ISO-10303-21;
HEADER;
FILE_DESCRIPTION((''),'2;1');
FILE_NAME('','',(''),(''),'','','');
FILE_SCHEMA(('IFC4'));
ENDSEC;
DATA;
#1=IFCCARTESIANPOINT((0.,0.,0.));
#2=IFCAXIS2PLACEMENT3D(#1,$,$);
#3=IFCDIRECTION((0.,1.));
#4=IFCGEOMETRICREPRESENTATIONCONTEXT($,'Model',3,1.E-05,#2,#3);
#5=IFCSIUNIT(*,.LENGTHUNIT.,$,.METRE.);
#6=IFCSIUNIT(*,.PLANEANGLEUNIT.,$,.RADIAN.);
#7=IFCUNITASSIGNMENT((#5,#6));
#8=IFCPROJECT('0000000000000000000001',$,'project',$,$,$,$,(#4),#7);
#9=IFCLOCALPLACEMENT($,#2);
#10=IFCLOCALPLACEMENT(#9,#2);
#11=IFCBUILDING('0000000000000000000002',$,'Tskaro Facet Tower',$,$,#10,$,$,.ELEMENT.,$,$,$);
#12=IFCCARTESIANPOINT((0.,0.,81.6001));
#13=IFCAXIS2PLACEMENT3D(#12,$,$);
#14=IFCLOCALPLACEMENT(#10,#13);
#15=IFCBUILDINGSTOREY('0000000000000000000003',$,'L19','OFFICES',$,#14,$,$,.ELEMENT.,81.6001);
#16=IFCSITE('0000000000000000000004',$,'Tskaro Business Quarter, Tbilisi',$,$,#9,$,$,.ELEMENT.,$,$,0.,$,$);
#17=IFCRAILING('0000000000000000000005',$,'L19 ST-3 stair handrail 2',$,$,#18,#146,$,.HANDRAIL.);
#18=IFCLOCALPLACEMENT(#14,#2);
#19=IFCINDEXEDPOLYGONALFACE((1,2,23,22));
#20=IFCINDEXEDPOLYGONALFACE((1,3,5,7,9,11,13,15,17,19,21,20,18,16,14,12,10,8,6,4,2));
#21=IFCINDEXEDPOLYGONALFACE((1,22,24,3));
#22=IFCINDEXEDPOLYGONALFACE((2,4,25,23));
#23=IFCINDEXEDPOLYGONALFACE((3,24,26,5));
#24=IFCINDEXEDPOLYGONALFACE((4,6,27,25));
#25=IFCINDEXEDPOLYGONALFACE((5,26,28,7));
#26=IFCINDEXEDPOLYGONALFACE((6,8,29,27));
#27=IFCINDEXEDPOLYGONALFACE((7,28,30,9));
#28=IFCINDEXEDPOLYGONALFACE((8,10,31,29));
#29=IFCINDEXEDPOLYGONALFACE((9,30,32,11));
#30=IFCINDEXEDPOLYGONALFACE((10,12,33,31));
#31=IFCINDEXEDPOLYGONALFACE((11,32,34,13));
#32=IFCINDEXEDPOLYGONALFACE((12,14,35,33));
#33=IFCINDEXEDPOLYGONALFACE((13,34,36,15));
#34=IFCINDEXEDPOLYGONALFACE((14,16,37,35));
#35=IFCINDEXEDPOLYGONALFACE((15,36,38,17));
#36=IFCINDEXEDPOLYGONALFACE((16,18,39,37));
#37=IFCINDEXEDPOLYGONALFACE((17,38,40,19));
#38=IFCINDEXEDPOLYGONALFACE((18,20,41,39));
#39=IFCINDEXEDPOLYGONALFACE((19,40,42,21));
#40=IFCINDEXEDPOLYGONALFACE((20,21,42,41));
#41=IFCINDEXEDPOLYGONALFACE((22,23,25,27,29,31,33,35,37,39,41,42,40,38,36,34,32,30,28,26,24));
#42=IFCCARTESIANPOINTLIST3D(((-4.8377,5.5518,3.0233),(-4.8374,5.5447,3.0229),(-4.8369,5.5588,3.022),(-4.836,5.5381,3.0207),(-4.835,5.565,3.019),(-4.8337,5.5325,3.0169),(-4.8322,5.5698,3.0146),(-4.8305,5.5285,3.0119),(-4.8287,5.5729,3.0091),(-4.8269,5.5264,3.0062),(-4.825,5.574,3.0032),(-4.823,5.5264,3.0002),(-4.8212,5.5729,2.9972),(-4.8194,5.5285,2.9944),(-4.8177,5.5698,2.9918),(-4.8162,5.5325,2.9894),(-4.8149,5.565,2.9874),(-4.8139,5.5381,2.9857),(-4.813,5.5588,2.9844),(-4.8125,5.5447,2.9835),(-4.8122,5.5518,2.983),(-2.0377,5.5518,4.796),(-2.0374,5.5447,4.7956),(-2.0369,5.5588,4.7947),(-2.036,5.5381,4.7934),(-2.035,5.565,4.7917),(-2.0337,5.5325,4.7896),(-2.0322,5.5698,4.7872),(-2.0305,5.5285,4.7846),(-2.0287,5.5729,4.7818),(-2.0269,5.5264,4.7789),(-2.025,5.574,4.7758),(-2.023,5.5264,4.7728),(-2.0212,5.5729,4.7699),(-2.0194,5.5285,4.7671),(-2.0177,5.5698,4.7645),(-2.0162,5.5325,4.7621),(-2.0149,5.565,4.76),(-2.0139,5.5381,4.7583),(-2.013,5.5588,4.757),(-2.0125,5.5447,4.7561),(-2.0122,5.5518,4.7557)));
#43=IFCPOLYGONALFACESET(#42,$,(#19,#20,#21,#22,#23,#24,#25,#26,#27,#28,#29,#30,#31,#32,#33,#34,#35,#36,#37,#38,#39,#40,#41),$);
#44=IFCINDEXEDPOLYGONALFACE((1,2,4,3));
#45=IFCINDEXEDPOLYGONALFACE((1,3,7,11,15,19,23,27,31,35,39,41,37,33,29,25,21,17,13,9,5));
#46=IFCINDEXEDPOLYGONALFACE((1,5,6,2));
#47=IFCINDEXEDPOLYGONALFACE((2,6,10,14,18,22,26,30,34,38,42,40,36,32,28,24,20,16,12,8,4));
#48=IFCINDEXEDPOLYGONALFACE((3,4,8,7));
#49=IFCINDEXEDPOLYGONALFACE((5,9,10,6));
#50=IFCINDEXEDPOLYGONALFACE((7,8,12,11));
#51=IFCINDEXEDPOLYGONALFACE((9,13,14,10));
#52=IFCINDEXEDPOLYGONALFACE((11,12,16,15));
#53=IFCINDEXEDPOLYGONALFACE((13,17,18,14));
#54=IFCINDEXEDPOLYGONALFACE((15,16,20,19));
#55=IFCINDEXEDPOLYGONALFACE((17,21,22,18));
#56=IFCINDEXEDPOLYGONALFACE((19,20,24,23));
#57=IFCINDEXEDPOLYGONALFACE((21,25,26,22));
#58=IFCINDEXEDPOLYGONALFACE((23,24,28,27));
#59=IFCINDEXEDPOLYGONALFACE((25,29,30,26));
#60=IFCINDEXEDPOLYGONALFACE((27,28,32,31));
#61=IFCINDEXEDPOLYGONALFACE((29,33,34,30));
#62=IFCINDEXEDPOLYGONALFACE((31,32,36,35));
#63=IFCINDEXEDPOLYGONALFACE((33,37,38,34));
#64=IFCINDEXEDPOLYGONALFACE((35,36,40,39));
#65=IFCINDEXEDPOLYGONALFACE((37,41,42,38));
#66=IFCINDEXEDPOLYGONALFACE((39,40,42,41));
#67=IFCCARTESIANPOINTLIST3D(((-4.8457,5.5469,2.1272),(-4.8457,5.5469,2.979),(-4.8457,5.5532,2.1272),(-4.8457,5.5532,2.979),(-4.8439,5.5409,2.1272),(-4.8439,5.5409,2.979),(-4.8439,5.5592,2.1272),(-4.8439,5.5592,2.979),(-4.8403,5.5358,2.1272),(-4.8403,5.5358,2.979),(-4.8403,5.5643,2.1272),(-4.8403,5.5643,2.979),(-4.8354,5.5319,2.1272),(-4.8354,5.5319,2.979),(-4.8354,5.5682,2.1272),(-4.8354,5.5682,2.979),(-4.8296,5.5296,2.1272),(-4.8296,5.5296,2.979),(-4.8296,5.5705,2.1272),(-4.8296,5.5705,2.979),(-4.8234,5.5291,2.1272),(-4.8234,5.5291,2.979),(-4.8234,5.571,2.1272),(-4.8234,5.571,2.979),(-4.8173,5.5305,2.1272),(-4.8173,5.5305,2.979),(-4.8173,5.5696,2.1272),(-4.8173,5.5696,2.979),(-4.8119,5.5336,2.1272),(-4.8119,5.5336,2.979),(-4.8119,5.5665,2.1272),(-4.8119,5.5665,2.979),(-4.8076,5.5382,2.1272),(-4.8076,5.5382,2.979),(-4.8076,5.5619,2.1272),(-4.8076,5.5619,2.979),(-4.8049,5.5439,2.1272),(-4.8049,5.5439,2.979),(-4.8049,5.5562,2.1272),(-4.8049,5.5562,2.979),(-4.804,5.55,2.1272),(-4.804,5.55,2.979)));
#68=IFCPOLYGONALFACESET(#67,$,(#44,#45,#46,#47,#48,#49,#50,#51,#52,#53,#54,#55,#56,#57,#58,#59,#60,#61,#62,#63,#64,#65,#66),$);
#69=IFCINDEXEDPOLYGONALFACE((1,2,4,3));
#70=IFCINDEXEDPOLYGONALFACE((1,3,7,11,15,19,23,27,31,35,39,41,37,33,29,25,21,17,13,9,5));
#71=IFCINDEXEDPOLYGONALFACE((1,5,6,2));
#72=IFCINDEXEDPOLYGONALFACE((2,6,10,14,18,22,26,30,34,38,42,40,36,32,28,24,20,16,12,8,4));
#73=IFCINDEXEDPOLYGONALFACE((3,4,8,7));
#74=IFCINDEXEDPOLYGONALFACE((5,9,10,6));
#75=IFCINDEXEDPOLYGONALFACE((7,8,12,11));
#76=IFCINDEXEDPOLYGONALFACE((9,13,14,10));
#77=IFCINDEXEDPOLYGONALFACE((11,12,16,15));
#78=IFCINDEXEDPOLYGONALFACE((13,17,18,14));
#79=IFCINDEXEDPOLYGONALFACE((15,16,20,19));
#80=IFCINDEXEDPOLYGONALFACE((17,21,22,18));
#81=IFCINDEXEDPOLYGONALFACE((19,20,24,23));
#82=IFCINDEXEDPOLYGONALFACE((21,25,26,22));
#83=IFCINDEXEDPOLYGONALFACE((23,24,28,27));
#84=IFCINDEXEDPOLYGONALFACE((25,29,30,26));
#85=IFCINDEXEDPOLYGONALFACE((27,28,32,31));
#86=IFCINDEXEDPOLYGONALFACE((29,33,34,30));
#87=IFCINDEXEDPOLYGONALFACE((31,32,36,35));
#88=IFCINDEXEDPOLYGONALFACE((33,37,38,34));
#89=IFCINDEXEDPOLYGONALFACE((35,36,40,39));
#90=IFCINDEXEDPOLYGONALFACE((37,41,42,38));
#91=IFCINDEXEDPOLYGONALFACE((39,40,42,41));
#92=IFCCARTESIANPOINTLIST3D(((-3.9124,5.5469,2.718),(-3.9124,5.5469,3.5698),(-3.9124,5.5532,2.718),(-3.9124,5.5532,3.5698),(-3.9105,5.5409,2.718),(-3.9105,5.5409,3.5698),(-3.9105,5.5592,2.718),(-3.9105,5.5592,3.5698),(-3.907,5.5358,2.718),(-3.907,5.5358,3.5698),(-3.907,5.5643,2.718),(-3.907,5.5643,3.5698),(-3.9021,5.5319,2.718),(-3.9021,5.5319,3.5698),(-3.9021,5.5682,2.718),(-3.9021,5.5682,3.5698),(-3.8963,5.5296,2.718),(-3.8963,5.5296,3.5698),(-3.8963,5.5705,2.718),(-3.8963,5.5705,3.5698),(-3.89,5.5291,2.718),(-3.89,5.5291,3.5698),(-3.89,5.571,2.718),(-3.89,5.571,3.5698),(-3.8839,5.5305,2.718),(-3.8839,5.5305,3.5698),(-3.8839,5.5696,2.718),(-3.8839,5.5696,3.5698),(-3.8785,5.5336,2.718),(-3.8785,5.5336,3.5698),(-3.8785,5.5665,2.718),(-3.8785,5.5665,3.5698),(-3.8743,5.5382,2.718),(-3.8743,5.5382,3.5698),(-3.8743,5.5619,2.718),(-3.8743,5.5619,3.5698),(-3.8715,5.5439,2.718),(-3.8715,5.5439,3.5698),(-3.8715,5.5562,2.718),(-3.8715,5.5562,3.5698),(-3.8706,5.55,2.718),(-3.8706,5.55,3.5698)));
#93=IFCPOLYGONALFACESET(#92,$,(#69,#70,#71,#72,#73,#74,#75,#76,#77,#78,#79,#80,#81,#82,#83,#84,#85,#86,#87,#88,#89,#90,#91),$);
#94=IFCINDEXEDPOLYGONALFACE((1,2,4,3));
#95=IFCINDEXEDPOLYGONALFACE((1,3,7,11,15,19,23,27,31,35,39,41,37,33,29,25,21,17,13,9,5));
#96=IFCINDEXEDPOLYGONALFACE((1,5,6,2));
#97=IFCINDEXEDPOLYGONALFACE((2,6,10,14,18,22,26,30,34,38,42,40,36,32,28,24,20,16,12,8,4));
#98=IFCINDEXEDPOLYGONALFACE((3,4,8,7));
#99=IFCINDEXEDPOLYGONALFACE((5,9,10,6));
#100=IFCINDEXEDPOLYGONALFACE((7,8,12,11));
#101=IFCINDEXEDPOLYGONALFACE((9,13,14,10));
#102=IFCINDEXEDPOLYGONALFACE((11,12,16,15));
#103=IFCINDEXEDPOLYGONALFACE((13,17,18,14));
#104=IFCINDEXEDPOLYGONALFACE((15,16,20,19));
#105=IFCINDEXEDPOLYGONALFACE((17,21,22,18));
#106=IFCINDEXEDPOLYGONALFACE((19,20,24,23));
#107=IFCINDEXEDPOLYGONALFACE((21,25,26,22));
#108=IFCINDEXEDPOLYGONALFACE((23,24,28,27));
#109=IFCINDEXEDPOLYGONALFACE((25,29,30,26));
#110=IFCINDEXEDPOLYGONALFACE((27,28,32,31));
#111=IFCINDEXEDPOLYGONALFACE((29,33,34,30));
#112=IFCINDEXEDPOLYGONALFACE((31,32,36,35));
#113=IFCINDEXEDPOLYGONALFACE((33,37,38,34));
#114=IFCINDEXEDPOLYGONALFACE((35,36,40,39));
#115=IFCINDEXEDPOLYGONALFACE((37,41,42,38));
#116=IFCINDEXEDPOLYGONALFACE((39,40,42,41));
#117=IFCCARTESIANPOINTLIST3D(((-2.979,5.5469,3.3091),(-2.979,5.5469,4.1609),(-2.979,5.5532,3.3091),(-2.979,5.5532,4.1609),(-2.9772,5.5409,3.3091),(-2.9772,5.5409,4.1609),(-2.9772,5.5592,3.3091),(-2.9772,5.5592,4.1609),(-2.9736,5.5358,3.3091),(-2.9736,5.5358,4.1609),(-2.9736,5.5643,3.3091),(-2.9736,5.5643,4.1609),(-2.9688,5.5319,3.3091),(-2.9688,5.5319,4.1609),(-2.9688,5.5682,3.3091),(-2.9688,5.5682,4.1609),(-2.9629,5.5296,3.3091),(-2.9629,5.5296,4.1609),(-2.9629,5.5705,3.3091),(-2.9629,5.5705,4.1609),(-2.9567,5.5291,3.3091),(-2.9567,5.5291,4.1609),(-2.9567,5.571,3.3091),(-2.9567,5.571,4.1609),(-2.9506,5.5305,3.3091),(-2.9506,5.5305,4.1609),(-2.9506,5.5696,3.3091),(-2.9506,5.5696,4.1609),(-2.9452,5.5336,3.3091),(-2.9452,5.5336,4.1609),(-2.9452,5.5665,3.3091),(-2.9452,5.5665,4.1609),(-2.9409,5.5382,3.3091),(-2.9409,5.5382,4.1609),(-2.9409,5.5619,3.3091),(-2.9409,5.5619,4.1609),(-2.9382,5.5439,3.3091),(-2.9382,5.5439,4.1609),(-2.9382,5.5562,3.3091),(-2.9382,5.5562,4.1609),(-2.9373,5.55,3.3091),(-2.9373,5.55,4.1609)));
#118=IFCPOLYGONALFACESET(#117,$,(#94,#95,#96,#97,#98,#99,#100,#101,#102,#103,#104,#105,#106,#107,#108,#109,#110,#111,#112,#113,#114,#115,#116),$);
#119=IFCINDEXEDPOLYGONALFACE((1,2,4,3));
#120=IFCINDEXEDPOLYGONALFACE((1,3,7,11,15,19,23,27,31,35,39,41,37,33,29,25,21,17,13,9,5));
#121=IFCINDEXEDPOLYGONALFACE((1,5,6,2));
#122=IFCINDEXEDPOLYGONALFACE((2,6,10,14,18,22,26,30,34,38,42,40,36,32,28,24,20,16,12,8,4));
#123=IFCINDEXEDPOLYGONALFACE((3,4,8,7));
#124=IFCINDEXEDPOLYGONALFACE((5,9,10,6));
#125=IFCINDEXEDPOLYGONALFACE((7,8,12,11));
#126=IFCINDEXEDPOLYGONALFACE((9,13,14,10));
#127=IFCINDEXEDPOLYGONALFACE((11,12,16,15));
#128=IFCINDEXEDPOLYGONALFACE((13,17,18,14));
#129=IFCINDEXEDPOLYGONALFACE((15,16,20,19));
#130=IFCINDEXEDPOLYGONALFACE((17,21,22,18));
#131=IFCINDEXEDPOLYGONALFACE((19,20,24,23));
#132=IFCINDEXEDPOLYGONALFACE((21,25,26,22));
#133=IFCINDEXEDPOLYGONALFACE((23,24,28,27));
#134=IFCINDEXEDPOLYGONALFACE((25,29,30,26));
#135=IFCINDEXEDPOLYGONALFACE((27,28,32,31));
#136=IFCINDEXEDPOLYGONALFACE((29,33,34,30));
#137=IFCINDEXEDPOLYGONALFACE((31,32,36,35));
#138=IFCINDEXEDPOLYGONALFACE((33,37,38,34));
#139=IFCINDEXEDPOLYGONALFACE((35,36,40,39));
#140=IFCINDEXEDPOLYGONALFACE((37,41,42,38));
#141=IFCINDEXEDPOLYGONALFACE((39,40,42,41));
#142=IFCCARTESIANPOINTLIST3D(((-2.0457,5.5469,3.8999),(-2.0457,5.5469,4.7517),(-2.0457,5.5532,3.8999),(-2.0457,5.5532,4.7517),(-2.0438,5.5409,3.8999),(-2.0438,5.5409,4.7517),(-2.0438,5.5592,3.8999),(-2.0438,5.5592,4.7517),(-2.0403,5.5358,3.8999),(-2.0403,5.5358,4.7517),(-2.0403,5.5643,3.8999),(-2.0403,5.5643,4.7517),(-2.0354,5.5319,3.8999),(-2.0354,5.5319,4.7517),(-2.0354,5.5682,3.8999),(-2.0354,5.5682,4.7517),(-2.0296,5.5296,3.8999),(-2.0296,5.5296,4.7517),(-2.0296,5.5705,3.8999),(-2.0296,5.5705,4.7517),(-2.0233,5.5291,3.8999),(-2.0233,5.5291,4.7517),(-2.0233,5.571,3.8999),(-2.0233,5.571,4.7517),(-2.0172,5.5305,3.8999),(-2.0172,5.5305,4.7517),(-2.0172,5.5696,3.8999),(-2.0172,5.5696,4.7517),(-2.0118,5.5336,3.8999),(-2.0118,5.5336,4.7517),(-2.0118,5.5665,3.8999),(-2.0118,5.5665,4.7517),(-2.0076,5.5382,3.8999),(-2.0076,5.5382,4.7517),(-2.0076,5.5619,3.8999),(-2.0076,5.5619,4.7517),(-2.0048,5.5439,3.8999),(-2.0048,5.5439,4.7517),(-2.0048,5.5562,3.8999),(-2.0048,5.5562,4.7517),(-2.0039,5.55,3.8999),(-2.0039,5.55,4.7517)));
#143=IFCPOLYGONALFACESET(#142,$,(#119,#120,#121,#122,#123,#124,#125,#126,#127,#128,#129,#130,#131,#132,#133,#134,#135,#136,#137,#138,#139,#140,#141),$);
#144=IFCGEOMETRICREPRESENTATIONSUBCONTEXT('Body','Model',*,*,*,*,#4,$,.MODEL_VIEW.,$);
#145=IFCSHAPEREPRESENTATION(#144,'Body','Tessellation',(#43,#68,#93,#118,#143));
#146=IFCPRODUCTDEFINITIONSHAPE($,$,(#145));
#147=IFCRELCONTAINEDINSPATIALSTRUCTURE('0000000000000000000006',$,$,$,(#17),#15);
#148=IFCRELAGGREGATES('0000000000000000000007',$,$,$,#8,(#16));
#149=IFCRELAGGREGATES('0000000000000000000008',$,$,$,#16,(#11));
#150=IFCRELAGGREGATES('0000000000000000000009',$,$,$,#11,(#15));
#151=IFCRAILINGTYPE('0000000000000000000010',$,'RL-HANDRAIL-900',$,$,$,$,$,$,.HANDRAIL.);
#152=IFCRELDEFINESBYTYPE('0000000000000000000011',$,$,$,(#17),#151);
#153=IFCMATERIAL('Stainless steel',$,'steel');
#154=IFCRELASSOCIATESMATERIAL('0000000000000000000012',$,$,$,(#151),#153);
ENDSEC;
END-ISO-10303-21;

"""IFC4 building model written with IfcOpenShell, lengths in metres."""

from ifc_helpers import new_model, si_unit, direction, frame, origin, origin_2d, place, context, subcontext, project, spatial, circle, extrude, material, type_object, element, save


model = new_model("IFC4")

# Units and contexts
model_context = context("Model", 3, precision=1e-05, world=origin(), true_north=direction((0.0, 1.0)))
body_context = subcontext(model_context, "Body", "Model", "MODEL_VIEW")
ifc_project = project(units=[si_unit("LENGTHUNIT", "METRE"), si_unit("PLANEANGLEUNIT", "RADIAN")], contexts=[model_context])

# Site, building, storey
site_placement = place(None, origin())
site = spatial("IfcSite", under=ifc_project, at=site_placement, Name="Tskaro Business Quarter, Tbilisi", CompositionType="ELEMENT", RefElevation=0.0)
building_placement = place(site_placement, origin())
building = spatial("IfcBuilding", under=site, at=building_placement, Name="Tskaro Facet Tower", CompositionType="ELEMENT")
storey_placement = place(building_placement, frame((0.0, 0.0, 81.6001)))
storey = spatial("IfcBuildingStorey", under=building, at=storey_placement, Name="L19", Description="OFFICES", CompositionType="ELEMENT", Elevation=81.6001)

# Railing
ifc_material_1 = material(Name="Stainless steel", Category="steel")
railing_type_1 = type_object("IfcRailingType", Name="RL-HANDRAIL-900", PredefinedType="HANDRAIL", material=ifc_material_1)
railing_1_placement = place(storey_placement, frame((-4.825, 5.55, 2.1272)))
element("IfcRailing", 1, at=railing_1_placement, inside=storey, type_object=railing_type_1, Name="L19 ST-3 stair handrail 2", PredefinedType="HANDRAIL", context=body_context, shape_type="SweptSolid", body=[
    extrude(circle(Radius=0.0239, at=origin_2d()), frame((0.0, 0.0, 0.876), z_axis=(0.844909, 0.0, 0.53491), x_axis=(0.0, 1.0, 0.0)), (0.0, 0.0, 1.0), 3.314),
    extrude(circle(Radius=0.021, at=origin_2d()), origin(), (0.0, 0.0, 1.0), 0.8518),
    extrude(circle(Radius=0.021, at=origin_2d()), frame((0.9333, 0.0, 0.5908)), (0.0, 0.0, 1.0), 0.8518),
    extrude(circle(Radius=0.021, at=origin_2d()), frame((1.8667, 0.0, 1.1819)), (0.0, 0.0, 1.0), 0.8518),
    extrude(circle(Radius=0.021, at=origin_2d()), frame((2.8, 0.0, 1.7727)), (0.0, 0.0, 1.0), 0.8518),
])

save(model, "model.ifc")
